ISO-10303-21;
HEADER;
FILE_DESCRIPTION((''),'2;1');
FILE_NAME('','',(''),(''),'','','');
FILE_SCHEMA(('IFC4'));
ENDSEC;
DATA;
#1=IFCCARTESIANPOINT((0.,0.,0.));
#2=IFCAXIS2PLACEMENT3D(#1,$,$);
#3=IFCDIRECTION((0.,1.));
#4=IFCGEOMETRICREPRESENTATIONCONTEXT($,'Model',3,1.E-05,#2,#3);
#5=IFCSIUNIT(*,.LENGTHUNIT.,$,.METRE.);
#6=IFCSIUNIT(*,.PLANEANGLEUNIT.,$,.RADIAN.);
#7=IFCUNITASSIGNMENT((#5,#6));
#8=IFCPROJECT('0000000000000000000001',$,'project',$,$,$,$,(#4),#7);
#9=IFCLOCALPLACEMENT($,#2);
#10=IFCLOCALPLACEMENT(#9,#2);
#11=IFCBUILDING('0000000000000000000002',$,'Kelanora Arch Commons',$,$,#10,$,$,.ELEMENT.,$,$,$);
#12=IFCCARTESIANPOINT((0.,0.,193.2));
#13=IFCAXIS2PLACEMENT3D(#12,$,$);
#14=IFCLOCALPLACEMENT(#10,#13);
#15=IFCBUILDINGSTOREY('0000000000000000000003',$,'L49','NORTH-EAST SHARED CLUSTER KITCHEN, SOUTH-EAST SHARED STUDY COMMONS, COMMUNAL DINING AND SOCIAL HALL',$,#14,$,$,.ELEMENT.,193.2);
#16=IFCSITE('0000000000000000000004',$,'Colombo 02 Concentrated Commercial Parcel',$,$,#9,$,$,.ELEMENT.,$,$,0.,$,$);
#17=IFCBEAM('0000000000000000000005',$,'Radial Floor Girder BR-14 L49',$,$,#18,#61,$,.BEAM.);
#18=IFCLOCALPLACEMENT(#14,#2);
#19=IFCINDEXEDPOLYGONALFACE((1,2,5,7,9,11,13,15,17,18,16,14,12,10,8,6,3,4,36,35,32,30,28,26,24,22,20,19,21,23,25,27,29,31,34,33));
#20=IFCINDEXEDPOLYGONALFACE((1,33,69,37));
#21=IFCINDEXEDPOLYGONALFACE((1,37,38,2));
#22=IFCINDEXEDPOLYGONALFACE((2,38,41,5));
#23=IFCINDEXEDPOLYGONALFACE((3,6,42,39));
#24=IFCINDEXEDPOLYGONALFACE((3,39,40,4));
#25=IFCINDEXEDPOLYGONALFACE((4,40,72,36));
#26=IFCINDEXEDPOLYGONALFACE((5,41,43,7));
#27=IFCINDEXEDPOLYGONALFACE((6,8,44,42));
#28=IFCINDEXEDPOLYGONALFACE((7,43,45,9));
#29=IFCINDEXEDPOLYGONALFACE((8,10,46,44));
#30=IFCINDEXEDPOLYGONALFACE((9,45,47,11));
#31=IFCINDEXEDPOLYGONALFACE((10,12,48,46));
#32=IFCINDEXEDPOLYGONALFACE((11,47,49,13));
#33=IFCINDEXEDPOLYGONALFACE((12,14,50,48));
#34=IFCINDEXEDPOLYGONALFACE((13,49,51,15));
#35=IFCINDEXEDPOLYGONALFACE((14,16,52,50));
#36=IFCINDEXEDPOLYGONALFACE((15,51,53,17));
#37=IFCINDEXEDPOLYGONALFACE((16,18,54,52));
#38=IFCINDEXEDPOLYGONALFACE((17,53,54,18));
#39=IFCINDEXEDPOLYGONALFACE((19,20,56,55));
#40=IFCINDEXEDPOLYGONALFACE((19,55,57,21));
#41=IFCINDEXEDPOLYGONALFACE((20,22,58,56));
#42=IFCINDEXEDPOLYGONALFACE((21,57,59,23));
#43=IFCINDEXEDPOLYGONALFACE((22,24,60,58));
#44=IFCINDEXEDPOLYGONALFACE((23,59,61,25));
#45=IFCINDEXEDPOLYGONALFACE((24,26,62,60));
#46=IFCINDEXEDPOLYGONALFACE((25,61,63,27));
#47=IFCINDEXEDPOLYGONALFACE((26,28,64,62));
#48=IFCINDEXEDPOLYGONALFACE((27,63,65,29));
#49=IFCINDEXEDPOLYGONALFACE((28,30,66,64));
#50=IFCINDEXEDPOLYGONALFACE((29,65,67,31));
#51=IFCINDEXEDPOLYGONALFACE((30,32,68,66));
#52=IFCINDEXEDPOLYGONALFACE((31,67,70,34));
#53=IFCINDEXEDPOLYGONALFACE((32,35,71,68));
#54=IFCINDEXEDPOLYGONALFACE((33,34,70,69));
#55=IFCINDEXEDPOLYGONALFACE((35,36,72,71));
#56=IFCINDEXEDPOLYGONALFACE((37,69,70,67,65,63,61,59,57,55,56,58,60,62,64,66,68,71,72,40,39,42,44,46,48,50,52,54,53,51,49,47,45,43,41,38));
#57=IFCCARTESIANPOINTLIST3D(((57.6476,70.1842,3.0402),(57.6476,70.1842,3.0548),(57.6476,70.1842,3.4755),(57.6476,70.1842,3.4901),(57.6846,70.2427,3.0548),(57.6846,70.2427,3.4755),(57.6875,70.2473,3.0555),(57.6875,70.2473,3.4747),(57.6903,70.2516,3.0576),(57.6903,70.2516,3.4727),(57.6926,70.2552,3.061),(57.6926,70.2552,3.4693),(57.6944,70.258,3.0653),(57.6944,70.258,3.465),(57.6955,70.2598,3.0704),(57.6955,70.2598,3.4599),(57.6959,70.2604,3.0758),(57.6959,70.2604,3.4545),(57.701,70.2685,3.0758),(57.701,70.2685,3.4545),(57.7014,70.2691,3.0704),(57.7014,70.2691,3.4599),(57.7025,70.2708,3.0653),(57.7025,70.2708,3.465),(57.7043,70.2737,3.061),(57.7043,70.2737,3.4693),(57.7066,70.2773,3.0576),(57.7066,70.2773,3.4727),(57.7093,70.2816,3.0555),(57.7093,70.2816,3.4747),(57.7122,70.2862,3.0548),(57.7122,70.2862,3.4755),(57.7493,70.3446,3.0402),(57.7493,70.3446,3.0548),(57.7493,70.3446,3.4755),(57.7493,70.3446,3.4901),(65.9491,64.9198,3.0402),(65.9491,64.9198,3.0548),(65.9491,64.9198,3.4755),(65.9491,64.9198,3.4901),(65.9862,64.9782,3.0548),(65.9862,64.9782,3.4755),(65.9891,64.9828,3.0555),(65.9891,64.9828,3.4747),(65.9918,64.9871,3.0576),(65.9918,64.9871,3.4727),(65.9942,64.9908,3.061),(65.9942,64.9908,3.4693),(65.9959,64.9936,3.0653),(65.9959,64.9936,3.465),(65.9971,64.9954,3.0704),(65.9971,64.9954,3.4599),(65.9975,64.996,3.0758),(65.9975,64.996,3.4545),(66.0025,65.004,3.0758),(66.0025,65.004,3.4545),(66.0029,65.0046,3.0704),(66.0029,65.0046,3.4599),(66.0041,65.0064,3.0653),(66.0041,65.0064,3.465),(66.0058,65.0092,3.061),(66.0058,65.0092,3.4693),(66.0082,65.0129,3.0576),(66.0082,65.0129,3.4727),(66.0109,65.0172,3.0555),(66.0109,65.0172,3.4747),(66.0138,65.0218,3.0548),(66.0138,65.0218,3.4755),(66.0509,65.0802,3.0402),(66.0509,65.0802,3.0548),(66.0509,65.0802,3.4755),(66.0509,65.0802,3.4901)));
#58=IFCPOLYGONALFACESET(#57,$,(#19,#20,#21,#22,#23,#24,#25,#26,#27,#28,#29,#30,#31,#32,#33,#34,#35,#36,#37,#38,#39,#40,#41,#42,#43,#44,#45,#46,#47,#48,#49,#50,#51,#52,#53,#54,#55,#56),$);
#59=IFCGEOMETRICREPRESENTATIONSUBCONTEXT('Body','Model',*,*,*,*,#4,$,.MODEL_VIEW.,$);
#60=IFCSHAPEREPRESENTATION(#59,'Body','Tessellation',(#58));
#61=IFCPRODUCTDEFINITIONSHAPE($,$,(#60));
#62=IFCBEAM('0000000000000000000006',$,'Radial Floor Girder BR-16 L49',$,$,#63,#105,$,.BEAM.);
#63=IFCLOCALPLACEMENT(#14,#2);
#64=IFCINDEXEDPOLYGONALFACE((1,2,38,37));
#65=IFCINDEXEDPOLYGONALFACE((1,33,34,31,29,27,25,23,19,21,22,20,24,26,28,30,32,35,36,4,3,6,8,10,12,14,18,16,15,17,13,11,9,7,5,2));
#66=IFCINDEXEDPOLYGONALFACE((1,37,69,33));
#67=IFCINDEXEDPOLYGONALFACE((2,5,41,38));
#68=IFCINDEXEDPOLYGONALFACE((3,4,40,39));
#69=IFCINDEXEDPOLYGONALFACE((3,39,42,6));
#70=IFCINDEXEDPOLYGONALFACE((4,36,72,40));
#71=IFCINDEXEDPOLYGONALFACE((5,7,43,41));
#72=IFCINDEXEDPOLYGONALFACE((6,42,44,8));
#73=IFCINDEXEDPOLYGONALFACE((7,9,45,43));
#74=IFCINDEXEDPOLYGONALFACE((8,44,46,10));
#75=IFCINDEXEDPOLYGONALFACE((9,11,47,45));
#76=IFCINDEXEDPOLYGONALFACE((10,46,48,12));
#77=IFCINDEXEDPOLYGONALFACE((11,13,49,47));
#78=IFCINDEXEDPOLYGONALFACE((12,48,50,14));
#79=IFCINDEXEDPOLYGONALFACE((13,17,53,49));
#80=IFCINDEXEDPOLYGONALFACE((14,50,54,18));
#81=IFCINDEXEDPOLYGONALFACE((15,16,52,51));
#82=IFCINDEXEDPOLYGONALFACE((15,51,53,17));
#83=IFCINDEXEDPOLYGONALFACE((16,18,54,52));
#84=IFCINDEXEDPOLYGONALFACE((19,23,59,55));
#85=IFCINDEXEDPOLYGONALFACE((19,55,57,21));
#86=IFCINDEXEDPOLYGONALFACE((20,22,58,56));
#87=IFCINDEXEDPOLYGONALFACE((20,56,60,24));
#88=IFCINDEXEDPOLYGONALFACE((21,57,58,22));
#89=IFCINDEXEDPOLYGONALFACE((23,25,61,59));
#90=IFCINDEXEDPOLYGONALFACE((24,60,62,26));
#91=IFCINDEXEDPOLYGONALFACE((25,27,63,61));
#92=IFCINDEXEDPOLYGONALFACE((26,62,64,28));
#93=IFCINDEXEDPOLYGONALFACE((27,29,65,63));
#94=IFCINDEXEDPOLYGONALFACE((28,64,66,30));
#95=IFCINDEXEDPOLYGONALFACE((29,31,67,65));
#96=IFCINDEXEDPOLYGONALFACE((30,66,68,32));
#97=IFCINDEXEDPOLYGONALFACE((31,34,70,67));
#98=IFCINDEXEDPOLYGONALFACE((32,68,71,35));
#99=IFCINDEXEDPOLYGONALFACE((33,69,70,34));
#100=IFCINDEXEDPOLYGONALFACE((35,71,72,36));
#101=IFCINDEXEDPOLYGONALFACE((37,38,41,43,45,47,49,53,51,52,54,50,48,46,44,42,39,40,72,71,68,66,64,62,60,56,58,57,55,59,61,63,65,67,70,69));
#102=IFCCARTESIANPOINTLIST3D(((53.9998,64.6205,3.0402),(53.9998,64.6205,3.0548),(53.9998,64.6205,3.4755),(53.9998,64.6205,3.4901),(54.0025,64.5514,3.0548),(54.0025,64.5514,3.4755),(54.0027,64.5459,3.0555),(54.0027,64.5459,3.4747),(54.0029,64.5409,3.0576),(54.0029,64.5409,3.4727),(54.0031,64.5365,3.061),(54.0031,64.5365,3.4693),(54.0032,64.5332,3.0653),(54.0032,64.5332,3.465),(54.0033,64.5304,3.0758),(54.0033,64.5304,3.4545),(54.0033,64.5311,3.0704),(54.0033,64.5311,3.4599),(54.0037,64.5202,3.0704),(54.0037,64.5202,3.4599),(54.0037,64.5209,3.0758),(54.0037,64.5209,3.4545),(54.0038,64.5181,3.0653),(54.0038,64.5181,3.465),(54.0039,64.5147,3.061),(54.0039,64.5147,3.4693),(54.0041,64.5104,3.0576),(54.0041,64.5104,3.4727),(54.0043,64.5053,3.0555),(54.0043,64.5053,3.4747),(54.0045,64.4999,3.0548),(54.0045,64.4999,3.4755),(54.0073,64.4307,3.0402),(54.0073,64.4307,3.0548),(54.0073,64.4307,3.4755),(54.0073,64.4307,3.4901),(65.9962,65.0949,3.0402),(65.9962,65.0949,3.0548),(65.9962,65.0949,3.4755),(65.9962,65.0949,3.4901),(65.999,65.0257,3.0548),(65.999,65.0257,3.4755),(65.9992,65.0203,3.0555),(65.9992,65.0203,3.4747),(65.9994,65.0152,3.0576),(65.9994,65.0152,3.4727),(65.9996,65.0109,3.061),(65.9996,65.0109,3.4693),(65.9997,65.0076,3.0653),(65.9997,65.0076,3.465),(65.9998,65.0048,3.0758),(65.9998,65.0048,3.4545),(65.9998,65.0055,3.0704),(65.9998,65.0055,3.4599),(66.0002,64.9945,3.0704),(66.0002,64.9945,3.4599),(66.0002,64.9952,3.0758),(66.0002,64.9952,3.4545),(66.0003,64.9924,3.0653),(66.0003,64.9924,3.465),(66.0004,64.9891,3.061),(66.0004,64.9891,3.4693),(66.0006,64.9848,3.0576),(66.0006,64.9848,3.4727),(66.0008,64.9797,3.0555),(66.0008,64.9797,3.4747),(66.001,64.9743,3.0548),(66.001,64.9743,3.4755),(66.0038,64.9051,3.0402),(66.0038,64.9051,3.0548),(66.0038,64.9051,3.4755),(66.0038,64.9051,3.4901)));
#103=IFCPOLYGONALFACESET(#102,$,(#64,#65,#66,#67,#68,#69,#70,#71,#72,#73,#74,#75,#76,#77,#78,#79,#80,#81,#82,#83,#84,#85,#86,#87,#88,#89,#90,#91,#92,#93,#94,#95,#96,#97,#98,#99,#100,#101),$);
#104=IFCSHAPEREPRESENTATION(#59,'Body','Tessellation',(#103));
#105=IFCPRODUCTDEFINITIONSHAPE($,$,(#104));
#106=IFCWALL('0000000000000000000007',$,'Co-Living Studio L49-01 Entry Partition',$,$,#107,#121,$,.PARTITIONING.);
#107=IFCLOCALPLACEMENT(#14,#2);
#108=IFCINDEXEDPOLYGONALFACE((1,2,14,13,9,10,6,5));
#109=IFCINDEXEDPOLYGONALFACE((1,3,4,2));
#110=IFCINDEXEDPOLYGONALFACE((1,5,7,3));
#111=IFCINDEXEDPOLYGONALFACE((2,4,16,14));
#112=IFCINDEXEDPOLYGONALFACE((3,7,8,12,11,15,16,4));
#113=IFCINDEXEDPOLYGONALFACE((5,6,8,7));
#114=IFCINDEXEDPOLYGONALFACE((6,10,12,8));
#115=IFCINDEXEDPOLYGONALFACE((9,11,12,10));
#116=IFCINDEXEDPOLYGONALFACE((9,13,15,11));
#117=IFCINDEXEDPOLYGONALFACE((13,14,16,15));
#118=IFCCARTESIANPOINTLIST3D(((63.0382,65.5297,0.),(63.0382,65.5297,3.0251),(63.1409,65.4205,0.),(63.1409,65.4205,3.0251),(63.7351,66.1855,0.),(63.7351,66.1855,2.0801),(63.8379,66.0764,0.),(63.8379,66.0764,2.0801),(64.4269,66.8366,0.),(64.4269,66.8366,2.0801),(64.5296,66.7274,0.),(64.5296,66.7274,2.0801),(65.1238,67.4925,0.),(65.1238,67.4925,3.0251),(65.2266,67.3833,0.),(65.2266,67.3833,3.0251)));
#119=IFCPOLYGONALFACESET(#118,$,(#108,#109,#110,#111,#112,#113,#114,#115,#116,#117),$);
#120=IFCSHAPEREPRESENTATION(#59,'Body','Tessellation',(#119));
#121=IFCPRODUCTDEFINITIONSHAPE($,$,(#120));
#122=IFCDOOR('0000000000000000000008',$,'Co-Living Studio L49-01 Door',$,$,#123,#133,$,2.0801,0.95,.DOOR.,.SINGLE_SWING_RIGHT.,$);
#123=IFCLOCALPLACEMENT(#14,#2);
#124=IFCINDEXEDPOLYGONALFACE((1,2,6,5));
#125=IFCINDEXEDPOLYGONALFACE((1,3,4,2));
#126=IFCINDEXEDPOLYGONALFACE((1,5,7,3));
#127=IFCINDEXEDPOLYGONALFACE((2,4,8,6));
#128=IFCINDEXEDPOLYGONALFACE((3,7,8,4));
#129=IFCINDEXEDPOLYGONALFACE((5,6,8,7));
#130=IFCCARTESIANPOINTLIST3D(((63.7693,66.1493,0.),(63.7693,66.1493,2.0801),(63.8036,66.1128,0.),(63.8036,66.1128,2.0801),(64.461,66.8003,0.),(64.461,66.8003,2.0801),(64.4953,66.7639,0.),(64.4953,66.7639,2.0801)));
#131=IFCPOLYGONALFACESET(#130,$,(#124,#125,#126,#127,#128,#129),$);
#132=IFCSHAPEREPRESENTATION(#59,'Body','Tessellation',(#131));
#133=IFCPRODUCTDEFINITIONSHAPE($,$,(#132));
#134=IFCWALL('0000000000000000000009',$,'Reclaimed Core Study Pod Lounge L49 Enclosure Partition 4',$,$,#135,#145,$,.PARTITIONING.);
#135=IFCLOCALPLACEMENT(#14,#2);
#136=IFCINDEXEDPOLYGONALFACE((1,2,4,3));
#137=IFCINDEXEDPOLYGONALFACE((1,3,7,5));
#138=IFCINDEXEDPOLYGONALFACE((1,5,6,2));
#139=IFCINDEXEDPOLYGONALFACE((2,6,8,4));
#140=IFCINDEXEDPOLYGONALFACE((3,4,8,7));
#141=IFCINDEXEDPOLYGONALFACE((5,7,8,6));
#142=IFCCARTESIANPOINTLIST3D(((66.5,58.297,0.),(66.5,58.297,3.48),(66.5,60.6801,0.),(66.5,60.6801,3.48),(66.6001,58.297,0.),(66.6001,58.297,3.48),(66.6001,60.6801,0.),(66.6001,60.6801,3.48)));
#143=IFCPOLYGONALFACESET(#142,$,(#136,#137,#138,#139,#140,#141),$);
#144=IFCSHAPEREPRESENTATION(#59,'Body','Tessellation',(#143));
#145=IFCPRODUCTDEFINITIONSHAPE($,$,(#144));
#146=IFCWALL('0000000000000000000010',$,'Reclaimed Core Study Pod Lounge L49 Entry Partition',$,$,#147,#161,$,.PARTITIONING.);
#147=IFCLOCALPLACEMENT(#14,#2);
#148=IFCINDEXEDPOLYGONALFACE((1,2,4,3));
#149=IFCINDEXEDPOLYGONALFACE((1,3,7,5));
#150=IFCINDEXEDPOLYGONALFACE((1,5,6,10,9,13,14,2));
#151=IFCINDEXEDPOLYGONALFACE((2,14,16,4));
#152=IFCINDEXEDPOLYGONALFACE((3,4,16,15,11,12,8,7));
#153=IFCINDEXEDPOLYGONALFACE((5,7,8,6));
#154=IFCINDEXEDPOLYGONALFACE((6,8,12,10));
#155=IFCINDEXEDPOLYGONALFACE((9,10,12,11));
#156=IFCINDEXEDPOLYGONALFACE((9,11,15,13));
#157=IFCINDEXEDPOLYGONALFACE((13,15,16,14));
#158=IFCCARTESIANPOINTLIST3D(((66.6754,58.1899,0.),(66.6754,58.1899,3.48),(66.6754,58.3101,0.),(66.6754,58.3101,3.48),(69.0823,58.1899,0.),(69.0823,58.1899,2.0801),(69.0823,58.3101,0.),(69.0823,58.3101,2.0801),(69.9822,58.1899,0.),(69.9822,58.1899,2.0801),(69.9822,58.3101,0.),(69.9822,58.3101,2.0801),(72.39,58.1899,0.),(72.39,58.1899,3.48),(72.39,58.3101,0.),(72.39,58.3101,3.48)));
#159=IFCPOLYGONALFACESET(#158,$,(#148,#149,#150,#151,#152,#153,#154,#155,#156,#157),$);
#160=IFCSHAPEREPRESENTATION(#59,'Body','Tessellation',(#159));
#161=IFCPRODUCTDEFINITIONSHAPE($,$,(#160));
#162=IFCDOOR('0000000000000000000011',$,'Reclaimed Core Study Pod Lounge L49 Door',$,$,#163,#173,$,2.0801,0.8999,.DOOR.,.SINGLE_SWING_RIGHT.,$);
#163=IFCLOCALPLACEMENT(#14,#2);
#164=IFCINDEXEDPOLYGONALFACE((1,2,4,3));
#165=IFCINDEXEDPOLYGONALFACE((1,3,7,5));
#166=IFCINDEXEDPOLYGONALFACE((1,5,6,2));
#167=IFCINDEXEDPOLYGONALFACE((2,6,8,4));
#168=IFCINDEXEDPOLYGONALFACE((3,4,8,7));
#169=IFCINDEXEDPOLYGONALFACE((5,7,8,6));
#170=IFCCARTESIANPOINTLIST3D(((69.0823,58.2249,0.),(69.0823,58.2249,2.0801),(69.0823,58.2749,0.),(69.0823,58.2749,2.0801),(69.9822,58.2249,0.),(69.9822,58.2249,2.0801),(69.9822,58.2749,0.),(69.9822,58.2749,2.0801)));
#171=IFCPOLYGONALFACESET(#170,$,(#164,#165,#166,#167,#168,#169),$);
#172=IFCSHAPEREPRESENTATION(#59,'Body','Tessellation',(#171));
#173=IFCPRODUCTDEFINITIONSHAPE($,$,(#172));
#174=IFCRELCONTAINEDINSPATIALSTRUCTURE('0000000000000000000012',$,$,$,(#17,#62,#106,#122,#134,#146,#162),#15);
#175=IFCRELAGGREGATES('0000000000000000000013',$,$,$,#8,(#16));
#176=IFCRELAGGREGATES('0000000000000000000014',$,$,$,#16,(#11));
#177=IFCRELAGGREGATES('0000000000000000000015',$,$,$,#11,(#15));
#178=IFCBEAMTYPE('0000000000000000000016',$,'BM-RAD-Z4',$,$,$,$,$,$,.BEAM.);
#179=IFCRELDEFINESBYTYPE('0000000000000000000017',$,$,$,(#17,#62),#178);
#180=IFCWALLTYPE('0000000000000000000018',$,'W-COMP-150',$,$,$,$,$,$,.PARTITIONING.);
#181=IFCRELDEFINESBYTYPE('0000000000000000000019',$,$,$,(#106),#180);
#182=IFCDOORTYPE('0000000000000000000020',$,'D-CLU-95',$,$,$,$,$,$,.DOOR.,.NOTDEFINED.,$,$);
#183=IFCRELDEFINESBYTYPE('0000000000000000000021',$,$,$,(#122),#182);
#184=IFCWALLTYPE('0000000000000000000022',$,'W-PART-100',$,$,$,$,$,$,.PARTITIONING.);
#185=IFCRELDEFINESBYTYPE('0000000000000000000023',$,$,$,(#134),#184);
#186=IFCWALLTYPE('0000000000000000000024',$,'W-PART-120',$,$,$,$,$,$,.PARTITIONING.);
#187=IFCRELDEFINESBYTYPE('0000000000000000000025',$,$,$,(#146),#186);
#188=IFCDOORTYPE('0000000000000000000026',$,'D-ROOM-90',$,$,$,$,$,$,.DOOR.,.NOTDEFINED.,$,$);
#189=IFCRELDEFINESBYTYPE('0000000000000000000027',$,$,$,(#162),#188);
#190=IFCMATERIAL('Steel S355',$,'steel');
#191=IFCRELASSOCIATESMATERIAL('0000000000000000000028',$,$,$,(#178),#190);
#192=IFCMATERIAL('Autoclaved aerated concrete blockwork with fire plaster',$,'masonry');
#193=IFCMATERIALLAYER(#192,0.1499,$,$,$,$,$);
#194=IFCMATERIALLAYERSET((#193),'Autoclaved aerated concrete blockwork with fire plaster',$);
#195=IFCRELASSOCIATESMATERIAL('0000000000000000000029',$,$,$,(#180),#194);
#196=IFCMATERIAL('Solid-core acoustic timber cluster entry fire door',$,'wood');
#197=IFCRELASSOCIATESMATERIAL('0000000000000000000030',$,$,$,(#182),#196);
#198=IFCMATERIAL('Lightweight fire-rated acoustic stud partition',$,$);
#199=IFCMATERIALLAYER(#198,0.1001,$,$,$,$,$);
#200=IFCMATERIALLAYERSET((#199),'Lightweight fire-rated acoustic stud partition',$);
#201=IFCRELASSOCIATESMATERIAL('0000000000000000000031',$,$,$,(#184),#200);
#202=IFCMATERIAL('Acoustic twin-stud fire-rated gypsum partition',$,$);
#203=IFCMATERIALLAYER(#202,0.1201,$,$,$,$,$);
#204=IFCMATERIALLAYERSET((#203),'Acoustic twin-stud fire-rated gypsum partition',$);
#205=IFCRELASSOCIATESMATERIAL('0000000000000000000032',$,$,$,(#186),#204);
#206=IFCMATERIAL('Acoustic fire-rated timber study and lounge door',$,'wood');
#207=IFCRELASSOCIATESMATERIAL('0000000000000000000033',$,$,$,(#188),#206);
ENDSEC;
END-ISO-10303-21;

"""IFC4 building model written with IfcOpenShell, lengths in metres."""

from ifc_helpers import new_model, si_unit, direction, frame, frame_2d, origin, origin_2d, place, context, subcontext, project, spatial, rectangle, i_section, extrude, material, layer, layer_set, material_profile, profile_set, type_object, element, fill, save


model = new_model("IFC4")

# Units and contexts
model_context = context("Model", 3, precision=1e-05, world=origin(), true_north=direction((0.0, 1.0)))
body_context = subcontext(model_context, "Body", "Model", "MODEL_VIEW")
ifc_project = project(units=[si_unit("LENGTHUNIT", "METRE"), si_unit("PLANEANGLEUNIT", "RADIAN")], contexts=[model_context])

# Site, building, storey
site_placement = place(None, origin())
site = spatial("IfcSite", under=ifc_project, at=site_placement, Name="Colombo 02 Concentrated Commercial Parcel", CompositionType="ELEMENT", RefElevation=0.0)
building_placement = place(site_placement, origin())
building = spatial("IfcBuilding", under=site, at=building_placement, Name="Kelanora Arch Commons", CompositionType="ELEMENT")
storey_placement = place(building_placement, frame((0.0, 0.0, 193.2)))
storey = spatial("IfcBuildingStorey", under=building, at=storey_placement, Name="L49", Description="NORTH-EAST SHARED CLUSTER KITCHEN, SOUTH-EAST SHARED STUDY COMMONS, COMMUNAL DINING AND SOCIAL HALL", CompositionType="ELEMENT", Elevation=193.2)

# Beams
ifc_material_1 = material(Name="Steel S355", Category="steel")
ifc_material_profile_1 = material_profile(ifc_material_1, i_section(OverallWidth=0.1899, OverallDepth=0.45, WebThickness=0.0095, FlangeThickness=0.0146, FilletRadius=0.021, at=origin_2d()), Name="IPE450")
ifc_profile_set_1 = profile_set([ifc_material_profile_1], Name="Steel S355")
beam_type_1 = type_object("IfcBeamType", Name="BM-RAD-Z4", PredefinedType="BEAM", material=ifc_profile_set_1)
beam_1_placement = place(storey_placement, frame((66.0, 65.0, 3.2651), z_axis=(-0.844507, 0.535544, 0.0), x_axis=(-0.535544, -0.844507, 0.0)))
element("IfcBeam", 1, at=beam_1_placement, inside=storey, type_object=beam_type_1, Name="Radial Floor Girder BR-14 L49", PredefinedType="BEAM", context=body_context, shape_type="SweptSolid", body=[
    extrude(i_section(OverallWidth=0.1899, OverallDepth=0.45, WebThickness=0.0095, FlangeThickness=0.0146, FilletRadius=0.021, at=origin_2d()), origin(), (0.0, 0.0, 1.0), 9.8301),
])
beam_2_placement = place(storey_placement, frame((66.0, 65.0, 3.2651), z_axis=(-0.999219, -0.039511, 0.0), x_axis=(0.039511, -0.999219, 0.0)))
element("IfcBeam", 2, at=beam_2_placement, inside=storey, type_object=beam_type_1, Name="Radial Floor Girder BR-16 L49", PredefinedType="BEAM", context=body_context, shape_type="SweptSolid", body=[
    extrude(i_section(OverallWidth=0.1899, OverallDepth=0.45, WebThickness=0.0095, FlangeThickness=0.0146, FilletRadius=0.021, at=origin_2d()), origin(), (0.0, 0.0, 1.0), 12.0059),
])

# Wall, opening, door
ifc_material_2 = material(Name="Autoclaved aerated concrete blockwork with fire plaster", Category="masonry")
ifc_layer_1 = layer(ifc_material_2, 0.1499)
ifc_layer_set_1 = layer_set([ifc_layer_1], Name="Autoclaved aerated concrete blockwork with fire plaster")
wall_type_1 = type_object("IfcWallType", Name="W-COMP-150", PredefinedType="PARTITIONING", material=ifc_layer_set_1)
wall_1_placement = place(storey_placement, frame((65.1753, 67.438, 0.0), z_axis=(0.0, 0.0, 1.0), x_axis=(-0.72822, -0.685343, 0.0)))
wall_1 = element("IfcWall", 3, at=wall_1_placement, inside=storey, type_object=wall_type_1, Name="Co-Living Studio L49-01 Entry Partition", PredefinedType="PARTITIONING", context=body_context, shape_type="SweptSolid", body=[
    extrude(rectangle(XDim=2.864, YDim=0.1499, at=frame_2d((1.4321, 0.0))), origin(), (0.0, 0.0, 1.0), 3.0251),
])
opening_1_placement = place(wall_1_placement, frame((0.957, 0.0, 0.0)))
opening_1 = element("IfcOpeningElement", 4, at=opening_1_placement, cuts=wall_1, PredefinedType="OPENING", context=body_context, shape_type="SweptSolid", body=[
    extrude(rectangle(XDim=0.95, YDim=2.0801, at=frame_2d((0.4751, 1.04))), frame((0.0, 0.085, 0.0), z_axis=(0.0, -1.0, 0.0), x_axis=(1.0, 0.0, 0.0)), (0.0, 0.0, 1.0), 0.1699),
])
ifc_material_3 = material(Name="Solid-core acoustic timber cluster entry fire door", Category="wood")
door_type_1 = type_object("IfcDoorType", Name="D-CLU-95", OperationType="NOTDEFINED", PredefinedType="DOOR", material=ifc_material_3)
door_1_placement = place(opening_1_placement, origin())
door_1 = element("IfcDoor", 5, at=door_1_placement, inside=storey, type_object=door_type_1, Name="Co-Living Studio L49-01 Door", OperationType="SINGLE_SWING_RIGHT", OverallHeight=2.0801, OverallWidth=0.95, PredefinedType="DOOR", context=body_context, shape_type="SweptSolid", body=[
    extrude(rectangle(XDim=0.95, YDim=2.0801, at=frame_2d((0.4751, 1.04))), frame((0.0, 0.0249, 0.0), z_axis=(0.0, -1.0, 0.0), x_axis=(1.0, 0.0, 0.0)), (0.0, 0.0, 1.0), 0.05),
])
fill(opening_1, door_1)

# Wall
ifc_material_4 = material(Name="Lightweight fire-rated acoustic stud partition")
ifc_layer_2 = layer(ifc_material_4, 0.1001)
ifc_layer_set_2 = layer_set([ifc_layer_2], Name="Lightweight fire-rated acoustic stud partition")
wall_type_2 = type_object("IfcWallType", Name="W-PART-100", PredefinedType="PARTITIONING", material=ifc_layer_set_2)
wall_2_placement = place(storey_placement, frame((66.55, 60.6799, 0.0), z_axis=(0.0, 0.0, 1.0), x_axis=(0.0, -1.0, 0.0)))
element("IfcWall", 6, at=wall_2_placement, inside=storey, type_object=wall_type_2, Name="Reclaimed Core Study Pod Lounge L49 Enclosure Partition 4", PredefinedType="PARTITIONING", context=body_context, shape_type="SweptSolid", body=[
    extrude(rectangle(XDim=2.3831, YDim=0.1001, at=frame_2d((1.1914, 0.0))), origin(), (0.0, 0.0, 1.0), 3.48),
])

# Wall, opening, door
ifc_material_5 = material(Name="Acoustic twin-stud fire-rated gypsum partition")
ifc_layer_3 = layer(ifc_material_5, 0.1201)
ifc_layer_set_3 = layer_set([ifc_layer_3], Name="Acoustic twin-stud fire-rated gypsum partition")
wall_type_3 = type_object("IfcWallType", Name="W-PART-120", PredefinedType="PARTITIONING", material=ifc_layer_set_3)
wall_3_placement = place(storey_placement, frame((66.6753, 58.25, 0.0), z_axis=(0.0, 0.0, 1.0), x_axis=(1.0, 0.0, 0.0)))
wall_3 = element("IfcWall", 7, at=wall_3_placement, inside=storey, type_object=wall_type_3, Name="Reclaimed Core Study Pod Lounge L49 Entry Partition", PredefinedType="PARTITIONING", context=body_context, shape_type="SweptSolid", body=[
    extrude(rectangle(XDim=5.7146, YDim=0.1201, at=frame_2d((2.8574, 0.0))), origin(), (0.0, 0.0, 1.0), 3.48),
])
opening_2_placement = place(wall_3_placement, frame((2.407, 0.0, 0.0)))
opening_2 = element("IfcOpeningElement", 8, at=opening_2_placement, cuts=wall_3, PredefinedType="OPENING", context=body_context, shape_type="SweptSolid", body=[
    extrude(rectangle(XDim=0.8999, YDim=2.0801, at=frame_2d((0.45, 1.04))), frame((0.0, 0.0701, 0.0), z_axis=(0.0, -1.0, 0.0), x_axis=(1.0, 0.0, 0.0)), (0.0, 0.0, 1.0), 0.1401),
])
ifc_material_6 = material(Name="Acoustic fire-rated timber study and lounge door", Category="wood")
door_type_2 = type_object("IfcDoorType", Name="D-ROOM-90", OperationType="NOTDEFINED", PredefinedType="DOOR", material=ifc_material_6)
door_2_placement = place(opening_2_placement, origin())
door_2 = element("IfcDoor", 9, at=door_2_placement, inside=storey, type_object=door_type_2, Name="Reclaimed Core Study Pod Lounge L49 Door", OperationType="SINGLE_SWING_RIGHT", OverallHeight=2.0801, OverallWidth=0.8999, PredefinedType="DOOR", context=body_context, shape_type="SweptSolid", body=[
    extrude(rectangle(XDim=0.8999, YDim=2.0801, at=frame_2d((0.45, 1.04))), frame((0.0, 0.0249, 0.0), z_axis=(0.0, -1.0, 0.0), x_axis=(1.0, 0.0, 0.0)), (0.0, 0.0, 1.0), 0.05),
])
fill(opening_2, door_2)

save(model, "model.ifc")
